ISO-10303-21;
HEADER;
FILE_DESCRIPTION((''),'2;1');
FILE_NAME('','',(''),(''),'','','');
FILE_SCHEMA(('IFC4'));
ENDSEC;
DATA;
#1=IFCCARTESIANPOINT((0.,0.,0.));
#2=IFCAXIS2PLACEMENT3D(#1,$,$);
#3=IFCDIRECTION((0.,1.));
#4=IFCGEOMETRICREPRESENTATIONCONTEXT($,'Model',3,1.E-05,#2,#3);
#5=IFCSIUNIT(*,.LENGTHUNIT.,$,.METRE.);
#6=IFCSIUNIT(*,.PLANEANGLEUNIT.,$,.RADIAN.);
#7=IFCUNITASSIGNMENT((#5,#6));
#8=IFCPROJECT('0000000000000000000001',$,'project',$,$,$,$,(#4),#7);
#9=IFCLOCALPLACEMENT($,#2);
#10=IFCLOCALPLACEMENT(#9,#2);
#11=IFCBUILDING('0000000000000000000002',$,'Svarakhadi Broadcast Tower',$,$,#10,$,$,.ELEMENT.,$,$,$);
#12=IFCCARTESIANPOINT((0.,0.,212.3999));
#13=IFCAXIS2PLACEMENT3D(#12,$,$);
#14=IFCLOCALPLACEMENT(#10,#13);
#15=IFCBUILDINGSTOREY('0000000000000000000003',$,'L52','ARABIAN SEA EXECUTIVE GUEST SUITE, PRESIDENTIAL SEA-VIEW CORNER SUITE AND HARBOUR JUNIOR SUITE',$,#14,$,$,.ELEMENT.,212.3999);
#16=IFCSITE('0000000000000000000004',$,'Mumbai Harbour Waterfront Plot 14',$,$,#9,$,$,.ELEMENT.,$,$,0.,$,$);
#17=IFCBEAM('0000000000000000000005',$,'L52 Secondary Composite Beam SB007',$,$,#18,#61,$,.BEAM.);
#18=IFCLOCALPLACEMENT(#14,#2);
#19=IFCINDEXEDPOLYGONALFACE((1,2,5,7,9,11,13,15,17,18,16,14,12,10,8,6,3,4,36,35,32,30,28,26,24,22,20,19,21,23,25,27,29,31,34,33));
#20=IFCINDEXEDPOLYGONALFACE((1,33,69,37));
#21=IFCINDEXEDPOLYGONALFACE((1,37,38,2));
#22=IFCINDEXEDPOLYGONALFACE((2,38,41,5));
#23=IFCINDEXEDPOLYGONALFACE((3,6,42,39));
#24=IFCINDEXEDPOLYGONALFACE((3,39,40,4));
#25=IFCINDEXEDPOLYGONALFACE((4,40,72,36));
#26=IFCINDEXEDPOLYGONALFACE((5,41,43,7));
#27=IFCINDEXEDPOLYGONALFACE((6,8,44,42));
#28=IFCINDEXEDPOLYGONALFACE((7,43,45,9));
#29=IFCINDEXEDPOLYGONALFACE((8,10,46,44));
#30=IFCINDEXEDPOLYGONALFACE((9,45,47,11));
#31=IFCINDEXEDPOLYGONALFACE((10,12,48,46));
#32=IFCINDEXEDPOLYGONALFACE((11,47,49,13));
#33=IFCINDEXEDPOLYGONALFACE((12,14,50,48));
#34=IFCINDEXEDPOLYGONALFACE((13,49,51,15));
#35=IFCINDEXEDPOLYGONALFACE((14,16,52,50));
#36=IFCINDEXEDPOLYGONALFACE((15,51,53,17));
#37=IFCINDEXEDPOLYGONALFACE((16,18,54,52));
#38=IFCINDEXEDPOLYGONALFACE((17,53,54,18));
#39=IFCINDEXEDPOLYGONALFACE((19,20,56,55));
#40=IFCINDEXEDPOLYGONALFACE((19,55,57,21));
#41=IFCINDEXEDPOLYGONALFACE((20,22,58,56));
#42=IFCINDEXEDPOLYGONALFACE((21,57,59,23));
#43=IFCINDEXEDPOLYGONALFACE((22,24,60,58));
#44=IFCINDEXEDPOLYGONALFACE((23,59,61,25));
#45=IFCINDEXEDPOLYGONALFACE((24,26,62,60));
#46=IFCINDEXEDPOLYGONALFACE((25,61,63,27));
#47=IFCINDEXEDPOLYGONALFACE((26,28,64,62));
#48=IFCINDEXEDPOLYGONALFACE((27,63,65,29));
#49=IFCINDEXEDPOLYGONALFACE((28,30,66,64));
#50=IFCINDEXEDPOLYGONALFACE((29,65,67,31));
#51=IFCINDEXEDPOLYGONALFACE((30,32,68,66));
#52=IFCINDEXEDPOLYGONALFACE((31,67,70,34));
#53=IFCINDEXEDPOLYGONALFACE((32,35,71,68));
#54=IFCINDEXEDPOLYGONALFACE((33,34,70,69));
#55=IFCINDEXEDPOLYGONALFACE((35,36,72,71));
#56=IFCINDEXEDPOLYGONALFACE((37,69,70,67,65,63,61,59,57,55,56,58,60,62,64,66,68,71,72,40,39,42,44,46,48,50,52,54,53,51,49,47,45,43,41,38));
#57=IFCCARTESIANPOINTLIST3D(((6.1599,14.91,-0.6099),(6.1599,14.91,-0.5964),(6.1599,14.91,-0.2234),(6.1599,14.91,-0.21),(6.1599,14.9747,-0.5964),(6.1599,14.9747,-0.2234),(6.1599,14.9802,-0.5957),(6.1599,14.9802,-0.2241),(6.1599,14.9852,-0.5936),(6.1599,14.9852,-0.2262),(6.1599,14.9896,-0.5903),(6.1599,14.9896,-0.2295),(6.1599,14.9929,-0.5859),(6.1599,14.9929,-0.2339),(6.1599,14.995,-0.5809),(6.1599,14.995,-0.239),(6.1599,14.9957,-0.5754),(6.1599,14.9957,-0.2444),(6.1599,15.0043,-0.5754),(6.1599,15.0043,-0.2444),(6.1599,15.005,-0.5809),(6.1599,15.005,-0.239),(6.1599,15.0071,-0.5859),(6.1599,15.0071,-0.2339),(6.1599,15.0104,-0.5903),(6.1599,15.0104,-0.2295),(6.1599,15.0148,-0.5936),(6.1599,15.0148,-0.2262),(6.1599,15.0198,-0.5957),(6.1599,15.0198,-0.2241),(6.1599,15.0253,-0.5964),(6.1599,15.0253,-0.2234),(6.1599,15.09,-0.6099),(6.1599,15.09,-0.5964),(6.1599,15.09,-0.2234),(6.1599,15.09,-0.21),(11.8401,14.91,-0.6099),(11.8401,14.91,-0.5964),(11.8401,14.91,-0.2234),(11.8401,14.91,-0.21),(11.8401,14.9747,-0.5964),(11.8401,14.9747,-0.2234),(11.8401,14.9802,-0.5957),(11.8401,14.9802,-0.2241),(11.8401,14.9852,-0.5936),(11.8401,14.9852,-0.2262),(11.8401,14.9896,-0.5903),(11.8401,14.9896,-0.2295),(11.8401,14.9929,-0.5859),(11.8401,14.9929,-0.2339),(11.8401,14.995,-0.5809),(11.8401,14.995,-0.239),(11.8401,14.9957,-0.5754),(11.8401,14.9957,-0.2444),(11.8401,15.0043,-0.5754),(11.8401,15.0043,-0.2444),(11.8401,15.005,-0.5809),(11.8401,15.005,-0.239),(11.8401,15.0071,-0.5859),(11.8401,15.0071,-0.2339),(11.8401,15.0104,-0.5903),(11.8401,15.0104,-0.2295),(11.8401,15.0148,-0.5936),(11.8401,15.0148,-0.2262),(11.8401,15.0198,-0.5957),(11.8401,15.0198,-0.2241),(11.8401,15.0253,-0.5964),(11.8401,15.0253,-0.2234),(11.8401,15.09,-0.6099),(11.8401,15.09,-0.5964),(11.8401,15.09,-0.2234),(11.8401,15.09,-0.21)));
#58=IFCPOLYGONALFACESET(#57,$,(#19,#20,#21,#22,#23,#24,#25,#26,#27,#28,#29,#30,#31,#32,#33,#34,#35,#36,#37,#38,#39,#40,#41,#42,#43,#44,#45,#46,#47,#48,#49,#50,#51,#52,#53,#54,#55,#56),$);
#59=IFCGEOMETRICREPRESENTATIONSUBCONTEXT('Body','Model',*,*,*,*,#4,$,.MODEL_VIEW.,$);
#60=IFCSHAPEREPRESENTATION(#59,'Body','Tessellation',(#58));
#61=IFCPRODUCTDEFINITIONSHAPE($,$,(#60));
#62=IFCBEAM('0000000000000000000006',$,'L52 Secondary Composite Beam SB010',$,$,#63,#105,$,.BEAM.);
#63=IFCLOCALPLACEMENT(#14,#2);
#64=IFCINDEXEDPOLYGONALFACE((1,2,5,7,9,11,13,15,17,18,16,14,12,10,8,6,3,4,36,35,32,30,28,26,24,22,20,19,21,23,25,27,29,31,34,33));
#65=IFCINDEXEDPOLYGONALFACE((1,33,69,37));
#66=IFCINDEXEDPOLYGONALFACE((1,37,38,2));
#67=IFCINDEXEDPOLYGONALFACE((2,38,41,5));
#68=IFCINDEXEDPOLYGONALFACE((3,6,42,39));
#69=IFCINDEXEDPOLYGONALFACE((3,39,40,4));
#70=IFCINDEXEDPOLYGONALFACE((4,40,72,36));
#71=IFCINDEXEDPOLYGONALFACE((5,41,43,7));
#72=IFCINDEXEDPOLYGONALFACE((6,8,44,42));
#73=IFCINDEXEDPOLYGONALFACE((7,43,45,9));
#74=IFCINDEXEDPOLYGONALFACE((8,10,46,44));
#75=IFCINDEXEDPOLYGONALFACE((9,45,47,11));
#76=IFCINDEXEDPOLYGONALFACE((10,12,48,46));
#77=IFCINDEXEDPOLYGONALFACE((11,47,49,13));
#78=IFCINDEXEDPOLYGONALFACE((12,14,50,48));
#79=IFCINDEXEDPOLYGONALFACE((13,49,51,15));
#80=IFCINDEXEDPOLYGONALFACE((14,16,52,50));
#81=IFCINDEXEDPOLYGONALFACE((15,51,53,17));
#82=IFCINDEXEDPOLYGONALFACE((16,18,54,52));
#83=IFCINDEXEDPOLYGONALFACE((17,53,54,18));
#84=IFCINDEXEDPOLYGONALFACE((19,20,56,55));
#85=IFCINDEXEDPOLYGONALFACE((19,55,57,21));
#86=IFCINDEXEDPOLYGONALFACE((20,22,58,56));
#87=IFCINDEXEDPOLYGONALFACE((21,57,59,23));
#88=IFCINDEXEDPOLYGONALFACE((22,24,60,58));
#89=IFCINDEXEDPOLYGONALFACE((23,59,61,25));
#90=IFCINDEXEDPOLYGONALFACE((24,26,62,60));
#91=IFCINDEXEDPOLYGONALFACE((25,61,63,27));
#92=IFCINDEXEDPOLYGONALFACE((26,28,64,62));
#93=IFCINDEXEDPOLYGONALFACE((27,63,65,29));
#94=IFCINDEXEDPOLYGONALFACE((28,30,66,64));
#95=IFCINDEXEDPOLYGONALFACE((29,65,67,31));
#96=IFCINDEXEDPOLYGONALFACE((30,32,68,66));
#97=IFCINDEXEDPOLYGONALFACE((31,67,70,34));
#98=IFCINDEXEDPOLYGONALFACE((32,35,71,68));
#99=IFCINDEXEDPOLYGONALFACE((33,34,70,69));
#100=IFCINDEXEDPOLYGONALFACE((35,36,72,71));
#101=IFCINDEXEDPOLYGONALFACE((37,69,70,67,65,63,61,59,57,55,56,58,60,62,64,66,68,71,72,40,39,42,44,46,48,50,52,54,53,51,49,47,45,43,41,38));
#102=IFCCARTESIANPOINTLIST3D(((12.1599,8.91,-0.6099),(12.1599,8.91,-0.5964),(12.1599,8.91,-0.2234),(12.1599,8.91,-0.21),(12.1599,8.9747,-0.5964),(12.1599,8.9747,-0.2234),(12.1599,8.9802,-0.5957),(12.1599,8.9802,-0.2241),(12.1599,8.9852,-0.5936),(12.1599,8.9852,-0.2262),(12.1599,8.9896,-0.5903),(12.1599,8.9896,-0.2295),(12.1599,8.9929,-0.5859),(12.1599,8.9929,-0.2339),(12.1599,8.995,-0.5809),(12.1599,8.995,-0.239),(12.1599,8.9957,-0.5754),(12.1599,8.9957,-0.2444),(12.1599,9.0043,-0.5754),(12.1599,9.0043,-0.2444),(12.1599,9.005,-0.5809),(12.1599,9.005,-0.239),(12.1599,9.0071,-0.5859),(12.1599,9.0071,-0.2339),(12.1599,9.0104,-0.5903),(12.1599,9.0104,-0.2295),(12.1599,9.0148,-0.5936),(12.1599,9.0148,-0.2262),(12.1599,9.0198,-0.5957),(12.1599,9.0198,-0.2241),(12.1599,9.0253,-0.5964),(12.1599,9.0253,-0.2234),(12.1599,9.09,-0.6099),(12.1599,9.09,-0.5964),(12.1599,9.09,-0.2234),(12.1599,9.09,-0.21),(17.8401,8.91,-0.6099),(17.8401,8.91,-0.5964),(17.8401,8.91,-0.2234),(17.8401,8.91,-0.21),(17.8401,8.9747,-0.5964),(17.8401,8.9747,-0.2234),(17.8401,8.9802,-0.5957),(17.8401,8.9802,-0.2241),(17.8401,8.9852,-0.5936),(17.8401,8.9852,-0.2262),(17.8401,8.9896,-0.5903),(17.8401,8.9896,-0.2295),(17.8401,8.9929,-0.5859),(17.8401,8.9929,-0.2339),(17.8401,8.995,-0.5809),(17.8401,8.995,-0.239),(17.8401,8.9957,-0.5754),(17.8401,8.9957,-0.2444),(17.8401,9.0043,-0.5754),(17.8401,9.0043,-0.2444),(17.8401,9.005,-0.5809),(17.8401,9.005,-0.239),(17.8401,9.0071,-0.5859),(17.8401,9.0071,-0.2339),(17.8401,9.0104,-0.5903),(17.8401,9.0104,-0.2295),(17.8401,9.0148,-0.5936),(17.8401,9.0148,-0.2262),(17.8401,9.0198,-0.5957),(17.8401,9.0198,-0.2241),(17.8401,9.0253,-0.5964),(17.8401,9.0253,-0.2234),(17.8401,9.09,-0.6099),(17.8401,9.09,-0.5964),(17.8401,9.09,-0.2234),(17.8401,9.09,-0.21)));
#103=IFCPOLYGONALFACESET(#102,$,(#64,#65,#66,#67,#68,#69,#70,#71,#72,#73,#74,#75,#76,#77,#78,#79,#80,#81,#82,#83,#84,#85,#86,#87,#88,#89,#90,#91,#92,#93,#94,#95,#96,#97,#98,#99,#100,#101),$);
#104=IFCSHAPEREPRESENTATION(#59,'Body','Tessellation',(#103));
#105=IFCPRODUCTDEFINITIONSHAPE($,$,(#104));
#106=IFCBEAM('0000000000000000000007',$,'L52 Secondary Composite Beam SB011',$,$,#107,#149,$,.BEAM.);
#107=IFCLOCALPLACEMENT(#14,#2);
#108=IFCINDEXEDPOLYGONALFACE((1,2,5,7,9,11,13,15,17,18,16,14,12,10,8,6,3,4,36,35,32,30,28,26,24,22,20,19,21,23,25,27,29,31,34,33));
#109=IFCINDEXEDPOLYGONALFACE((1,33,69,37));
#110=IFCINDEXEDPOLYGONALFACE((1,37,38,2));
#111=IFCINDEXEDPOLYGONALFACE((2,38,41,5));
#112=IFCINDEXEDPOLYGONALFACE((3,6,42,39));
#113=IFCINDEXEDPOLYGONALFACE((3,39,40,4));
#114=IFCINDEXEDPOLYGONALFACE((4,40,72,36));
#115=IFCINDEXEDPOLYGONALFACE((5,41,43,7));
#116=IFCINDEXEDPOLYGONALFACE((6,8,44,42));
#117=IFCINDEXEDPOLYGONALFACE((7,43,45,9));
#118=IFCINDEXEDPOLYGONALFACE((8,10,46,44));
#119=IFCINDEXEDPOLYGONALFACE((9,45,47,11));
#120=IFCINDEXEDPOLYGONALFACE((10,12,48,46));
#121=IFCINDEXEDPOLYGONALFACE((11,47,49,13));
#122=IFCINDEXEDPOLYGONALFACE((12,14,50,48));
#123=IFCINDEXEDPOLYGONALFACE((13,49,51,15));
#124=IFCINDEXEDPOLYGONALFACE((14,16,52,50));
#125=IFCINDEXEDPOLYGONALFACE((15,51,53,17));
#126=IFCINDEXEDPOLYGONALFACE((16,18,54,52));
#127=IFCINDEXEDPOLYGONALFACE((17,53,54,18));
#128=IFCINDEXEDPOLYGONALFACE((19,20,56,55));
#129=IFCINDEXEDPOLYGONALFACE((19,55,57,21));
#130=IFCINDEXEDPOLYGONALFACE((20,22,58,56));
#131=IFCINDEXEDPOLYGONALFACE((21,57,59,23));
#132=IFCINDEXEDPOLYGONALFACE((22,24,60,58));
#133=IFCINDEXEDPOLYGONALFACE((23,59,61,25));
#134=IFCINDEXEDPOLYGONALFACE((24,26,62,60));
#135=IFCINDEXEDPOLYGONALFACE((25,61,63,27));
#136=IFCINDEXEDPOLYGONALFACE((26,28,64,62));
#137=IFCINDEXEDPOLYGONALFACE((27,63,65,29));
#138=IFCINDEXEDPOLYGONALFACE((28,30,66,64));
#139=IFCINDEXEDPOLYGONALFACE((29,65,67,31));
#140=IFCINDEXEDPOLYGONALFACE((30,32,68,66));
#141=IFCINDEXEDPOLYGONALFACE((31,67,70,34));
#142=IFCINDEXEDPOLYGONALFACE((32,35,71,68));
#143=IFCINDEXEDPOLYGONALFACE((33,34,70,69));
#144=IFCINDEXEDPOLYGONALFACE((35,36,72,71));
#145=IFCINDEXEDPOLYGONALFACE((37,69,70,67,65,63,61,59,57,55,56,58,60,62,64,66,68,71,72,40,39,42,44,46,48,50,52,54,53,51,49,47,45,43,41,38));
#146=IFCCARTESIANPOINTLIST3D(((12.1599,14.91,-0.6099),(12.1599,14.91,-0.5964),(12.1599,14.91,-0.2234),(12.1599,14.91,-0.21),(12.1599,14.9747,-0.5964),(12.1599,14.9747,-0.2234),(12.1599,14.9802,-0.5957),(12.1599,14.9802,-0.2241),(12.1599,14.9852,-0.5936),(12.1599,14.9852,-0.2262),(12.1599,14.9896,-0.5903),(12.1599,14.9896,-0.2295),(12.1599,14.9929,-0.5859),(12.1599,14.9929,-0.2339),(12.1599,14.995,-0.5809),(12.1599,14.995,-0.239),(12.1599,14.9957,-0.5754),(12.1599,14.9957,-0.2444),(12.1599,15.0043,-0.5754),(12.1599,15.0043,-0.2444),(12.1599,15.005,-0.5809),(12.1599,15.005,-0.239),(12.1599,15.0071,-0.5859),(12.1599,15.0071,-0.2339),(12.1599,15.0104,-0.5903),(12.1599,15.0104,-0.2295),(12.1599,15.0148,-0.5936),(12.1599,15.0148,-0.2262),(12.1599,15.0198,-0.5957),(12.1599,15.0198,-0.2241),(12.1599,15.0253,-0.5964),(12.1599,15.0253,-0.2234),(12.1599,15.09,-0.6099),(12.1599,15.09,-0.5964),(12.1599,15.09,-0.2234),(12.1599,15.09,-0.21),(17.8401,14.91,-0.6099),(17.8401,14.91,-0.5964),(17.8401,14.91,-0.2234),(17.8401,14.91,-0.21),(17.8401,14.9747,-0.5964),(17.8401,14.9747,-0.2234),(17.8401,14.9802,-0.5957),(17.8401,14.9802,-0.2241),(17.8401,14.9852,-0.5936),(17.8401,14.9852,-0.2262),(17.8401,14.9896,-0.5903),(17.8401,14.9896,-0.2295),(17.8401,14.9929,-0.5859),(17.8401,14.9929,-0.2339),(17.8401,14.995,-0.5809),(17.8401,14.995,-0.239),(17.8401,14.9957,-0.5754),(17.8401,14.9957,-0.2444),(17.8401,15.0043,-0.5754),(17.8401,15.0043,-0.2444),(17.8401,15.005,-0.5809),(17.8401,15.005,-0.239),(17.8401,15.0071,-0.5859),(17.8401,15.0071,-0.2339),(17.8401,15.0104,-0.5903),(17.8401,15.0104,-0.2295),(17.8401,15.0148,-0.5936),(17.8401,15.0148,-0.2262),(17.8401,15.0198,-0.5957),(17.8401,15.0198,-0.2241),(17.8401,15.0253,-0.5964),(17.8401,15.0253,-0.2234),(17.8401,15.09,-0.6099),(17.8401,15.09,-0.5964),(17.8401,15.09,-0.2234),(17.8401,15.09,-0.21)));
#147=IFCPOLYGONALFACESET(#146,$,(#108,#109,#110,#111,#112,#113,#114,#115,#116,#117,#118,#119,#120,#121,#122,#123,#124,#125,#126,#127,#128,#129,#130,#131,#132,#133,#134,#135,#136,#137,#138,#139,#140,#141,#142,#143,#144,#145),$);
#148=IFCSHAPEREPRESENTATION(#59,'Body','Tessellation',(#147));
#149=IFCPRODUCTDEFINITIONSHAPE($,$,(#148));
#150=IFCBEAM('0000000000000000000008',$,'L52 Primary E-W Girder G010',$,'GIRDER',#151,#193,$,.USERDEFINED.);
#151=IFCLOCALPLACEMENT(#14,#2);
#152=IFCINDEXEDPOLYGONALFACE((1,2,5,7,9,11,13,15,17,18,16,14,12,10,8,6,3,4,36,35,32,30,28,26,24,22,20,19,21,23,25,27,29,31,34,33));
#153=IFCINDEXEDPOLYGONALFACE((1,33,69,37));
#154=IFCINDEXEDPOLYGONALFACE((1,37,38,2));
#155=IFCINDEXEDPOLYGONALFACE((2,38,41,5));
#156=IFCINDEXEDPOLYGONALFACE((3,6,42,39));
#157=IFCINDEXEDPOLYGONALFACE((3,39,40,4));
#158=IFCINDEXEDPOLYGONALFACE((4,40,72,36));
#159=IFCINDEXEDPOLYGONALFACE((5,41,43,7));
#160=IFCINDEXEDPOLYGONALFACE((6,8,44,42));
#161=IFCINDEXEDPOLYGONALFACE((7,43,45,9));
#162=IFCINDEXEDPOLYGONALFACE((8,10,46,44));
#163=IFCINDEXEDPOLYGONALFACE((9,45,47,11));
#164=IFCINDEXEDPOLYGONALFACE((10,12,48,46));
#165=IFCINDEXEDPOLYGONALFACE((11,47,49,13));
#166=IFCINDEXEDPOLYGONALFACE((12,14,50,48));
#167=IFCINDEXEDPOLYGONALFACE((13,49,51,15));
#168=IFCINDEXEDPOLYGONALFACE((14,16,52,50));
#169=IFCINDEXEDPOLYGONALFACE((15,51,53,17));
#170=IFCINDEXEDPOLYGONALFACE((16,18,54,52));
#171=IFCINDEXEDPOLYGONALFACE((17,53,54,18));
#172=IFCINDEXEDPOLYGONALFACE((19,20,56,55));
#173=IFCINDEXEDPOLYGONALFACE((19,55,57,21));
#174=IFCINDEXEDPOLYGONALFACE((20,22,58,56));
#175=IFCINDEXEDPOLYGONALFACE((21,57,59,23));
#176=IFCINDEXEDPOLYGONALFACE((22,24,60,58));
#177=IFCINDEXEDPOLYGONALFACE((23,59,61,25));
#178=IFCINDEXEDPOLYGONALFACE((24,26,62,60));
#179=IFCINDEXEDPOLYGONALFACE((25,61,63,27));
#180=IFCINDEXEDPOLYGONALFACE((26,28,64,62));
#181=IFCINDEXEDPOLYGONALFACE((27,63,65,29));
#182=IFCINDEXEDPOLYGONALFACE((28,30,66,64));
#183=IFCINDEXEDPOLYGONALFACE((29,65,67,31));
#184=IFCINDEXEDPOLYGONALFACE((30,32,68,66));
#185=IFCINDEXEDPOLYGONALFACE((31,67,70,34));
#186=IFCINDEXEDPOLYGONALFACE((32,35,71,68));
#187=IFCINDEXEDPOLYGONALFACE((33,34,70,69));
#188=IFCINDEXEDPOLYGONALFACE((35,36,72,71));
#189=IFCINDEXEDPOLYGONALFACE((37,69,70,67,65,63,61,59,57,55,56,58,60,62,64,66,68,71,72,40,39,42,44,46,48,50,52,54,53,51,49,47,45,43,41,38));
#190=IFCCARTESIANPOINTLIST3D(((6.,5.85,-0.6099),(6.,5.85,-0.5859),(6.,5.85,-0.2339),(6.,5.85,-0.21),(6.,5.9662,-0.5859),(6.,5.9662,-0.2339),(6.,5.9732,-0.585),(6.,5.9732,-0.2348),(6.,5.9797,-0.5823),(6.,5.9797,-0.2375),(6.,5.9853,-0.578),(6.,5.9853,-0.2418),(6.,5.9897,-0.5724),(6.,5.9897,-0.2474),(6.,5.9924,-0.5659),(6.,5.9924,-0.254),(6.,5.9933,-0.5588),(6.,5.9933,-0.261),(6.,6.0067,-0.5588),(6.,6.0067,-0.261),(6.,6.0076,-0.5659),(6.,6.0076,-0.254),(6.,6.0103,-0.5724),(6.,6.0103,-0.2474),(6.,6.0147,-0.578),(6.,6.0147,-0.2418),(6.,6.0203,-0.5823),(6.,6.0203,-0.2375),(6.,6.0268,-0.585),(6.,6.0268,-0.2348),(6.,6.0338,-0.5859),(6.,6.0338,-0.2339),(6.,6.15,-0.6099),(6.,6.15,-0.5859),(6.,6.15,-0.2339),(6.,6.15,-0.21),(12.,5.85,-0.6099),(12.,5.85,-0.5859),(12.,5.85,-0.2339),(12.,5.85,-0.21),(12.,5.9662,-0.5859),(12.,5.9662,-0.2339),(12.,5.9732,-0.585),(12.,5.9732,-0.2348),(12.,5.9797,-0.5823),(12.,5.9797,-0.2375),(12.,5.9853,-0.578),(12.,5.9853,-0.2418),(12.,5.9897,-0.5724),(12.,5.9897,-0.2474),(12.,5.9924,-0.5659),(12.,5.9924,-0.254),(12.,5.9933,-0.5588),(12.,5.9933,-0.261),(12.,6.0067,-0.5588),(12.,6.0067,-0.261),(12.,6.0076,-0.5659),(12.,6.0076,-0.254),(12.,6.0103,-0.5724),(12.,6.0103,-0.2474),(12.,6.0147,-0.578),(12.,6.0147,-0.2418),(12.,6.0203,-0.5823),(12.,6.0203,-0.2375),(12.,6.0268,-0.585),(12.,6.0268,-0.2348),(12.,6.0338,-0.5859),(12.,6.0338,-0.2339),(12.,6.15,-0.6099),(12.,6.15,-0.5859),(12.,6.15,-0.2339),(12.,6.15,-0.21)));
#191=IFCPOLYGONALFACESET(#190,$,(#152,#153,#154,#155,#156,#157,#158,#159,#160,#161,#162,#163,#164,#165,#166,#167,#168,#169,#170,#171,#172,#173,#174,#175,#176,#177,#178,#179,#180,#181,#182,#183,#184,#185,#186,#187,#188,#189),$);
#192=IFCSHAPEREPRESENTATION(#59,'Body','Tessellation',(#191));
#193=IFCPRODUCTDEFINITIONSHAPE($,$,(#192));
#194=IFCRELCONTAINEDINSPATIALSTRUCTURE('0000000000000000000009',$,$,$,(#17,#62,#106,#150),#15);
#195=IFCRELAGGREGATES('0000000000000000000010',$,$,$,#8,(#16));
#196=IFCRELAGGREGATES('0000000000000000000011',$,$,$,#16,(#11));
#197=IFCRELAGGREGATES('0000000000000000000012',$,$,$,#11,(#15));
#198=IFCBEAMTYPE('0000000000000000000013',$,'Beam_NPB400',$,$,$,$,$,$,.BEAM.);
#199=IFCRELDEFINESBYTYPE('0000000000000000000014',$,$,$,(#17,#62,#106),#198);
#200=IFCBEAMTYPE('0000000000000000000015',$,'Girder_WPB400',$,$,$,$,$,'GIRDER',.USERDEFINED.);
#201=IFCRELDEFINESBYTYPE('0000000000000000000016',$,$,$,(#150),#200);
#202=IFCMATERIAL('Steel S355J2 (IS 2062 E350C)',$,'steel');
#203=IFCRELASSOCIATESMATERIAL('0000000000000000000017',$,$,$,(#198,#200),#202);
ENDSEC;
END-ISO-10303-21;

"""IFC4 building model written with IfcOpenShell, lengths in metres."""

from ifc_helpers import new_model, si_unit, direction, frame, origin, origin_2d, place, context, subcontext, project, spatial, i_section, extrude, material, material_profile, profile_set, type_object, element, save


model = new_model("IFC4")

# Units and contexts
model_context = context("Model", 3, precision=1e-05, world=origin(), true_north=direction((0.0, 1.0)))
body_context = subcontext(model_context, "Body", "Model", "MODEL_VIEW")
ifc_project = project(units=[si_unit("LENGTHUNIT", "METRE"), si_unit("PLANEANGLEUNIT", "RADIAN")], contexts=[model_context])

# Site, building, storey
site_placement = place(None, origin())
site = spatial("IfcSite", under=ifc_project, at=site_placement, Name="Mumbai Harbour Waterfront Plot 14", CompositionType="ELEMENT", RefElevation=0.0)
building_placement = place(site_placement, origin())
building = spatial("IfcBuilding", under=site, at=building_placement, Name="Svarakhadi Broadcast Tower", CompositionType="ELEMENT")
storey_placement = place(building_placement, frame((0.0, 0.0, 212.3999)))
storey = spatial("IfcBuildingStorey", under=building, at=storey_placement, Name="L52", Description="ARABIAN SEA EXECUTIVE GUEST SUITE, PRESIDENTIAL SEA-VIEW CORNER SUITE AND HARBOUR JUNIOR SUITE", CompositionType="ELEMENT", Elevation=212.3999)

# Beams
ifc_material_1 = material(Name="Steel S355J2 (IS 2062 E350C)", Category="steel")
ifc_material_profile_1 = material_profile(ifc_material_1, i_section(OverallWidth=0.1799, OverallDepth=0.3999, WebThickness=0.0085, FlangeThickness=0.0134, FilletRadius=0.021, at=origin_2d()), Name="NPB 400x180x66")
ifc_profile_set_1 = profile_set([ifc_material_profile_1], Name="Steel S355J2 (IS 2062 E350C)")
beam_type_1 = type_object("IfcBeamType", Name="Beam_NPB400", PredefinedType="BEAM", material=ifc_profile_set_1)
for number, where, z_axis, x_axis, name in (
    (1, (6.1599, 15.0, -0.4099), (1.0, 0.0, 0.0), (0.0, 1.0, 0.0), "L52 Secondary Composite Beam SB007"),
    (2, (12.1599, 9.0, -0.4099), (1.0, 0.0, 0.0), (0.0, 1.0, 0.0), "L52 Secondary Composite Beam SB010"),
    (3, (12.1599, 15.0, -0.4099), (1.0, 0.0, 0.0), (0.0, 1.0, 0.0), "L52 Secondary Composite Beam SB011"),
):
    element("IfcBeam", number, at=place(storey_placement, frame(where, z_axis=z_axis, x_axis=x_axis)), inside=storey, type_object=beam_type_1, Name=name, PredefinedType="BEAM", context=body_context, shape_type="SweptSolid", body=[
        extrude(i_section(OverallWidth=0.1799, OverallDepth=0.3999, WebThickness=0.0085, FlangeThickness=0.0134, FilletRadius=0.021, at=origin_2d()), origin(), (0.0, 0.0, 1.0), 5.6802),
    ])
ifc_material_profile_2 = material_profile(ifc_material_1, i_section(OverallWidth=0.3, OverallDepth=0.3999, WebThickness=0.0134, FlangeThickness=0.0239, FilletRadius=0.0271, at=origin_2d()), Name="WPB 400x300x155")
ifc_profile_set_2 = profile_set([ifc_material_profile_2], Name="Steel S355J2 (IS 2062 E350C)")
beam_type_2 = type_object("IfcBeamType", Name="Girder_WPB400", ElementType="GIRDER", PredefinedType="USERDEFINED", material=ifc_profile_set_2)
for number, where, z_axis, x_axis, name in (
    (4, (6.0, 6.0, -0.4099), (1.0, 0.0, 0.0), (0.0, 1.0, 0.0), "L52 Primary E-W Girder G010"),
):
    element("IfcBeam", number, at=place(storey_placement, frame(where, z_axis=z_axis, x_axis=x_axis)), inside=storey, type_object=beam_type_2, Name=name, ObjectType="GIRDER", PredefinedType="USERDEFINED", context=body_context, shape_type="SweptSolid", body=[
        extrude(i_section(OverallWidth=0.3, OverallDepth=0.3999, WebThickness=0.0134, FlangeThickness=0.0239, FilletRadius=0.0271, at=origin_2d()), origin(), (0.0, 0.0, 1.0), 6.0),
    ])

save(model, "model.ifc")
